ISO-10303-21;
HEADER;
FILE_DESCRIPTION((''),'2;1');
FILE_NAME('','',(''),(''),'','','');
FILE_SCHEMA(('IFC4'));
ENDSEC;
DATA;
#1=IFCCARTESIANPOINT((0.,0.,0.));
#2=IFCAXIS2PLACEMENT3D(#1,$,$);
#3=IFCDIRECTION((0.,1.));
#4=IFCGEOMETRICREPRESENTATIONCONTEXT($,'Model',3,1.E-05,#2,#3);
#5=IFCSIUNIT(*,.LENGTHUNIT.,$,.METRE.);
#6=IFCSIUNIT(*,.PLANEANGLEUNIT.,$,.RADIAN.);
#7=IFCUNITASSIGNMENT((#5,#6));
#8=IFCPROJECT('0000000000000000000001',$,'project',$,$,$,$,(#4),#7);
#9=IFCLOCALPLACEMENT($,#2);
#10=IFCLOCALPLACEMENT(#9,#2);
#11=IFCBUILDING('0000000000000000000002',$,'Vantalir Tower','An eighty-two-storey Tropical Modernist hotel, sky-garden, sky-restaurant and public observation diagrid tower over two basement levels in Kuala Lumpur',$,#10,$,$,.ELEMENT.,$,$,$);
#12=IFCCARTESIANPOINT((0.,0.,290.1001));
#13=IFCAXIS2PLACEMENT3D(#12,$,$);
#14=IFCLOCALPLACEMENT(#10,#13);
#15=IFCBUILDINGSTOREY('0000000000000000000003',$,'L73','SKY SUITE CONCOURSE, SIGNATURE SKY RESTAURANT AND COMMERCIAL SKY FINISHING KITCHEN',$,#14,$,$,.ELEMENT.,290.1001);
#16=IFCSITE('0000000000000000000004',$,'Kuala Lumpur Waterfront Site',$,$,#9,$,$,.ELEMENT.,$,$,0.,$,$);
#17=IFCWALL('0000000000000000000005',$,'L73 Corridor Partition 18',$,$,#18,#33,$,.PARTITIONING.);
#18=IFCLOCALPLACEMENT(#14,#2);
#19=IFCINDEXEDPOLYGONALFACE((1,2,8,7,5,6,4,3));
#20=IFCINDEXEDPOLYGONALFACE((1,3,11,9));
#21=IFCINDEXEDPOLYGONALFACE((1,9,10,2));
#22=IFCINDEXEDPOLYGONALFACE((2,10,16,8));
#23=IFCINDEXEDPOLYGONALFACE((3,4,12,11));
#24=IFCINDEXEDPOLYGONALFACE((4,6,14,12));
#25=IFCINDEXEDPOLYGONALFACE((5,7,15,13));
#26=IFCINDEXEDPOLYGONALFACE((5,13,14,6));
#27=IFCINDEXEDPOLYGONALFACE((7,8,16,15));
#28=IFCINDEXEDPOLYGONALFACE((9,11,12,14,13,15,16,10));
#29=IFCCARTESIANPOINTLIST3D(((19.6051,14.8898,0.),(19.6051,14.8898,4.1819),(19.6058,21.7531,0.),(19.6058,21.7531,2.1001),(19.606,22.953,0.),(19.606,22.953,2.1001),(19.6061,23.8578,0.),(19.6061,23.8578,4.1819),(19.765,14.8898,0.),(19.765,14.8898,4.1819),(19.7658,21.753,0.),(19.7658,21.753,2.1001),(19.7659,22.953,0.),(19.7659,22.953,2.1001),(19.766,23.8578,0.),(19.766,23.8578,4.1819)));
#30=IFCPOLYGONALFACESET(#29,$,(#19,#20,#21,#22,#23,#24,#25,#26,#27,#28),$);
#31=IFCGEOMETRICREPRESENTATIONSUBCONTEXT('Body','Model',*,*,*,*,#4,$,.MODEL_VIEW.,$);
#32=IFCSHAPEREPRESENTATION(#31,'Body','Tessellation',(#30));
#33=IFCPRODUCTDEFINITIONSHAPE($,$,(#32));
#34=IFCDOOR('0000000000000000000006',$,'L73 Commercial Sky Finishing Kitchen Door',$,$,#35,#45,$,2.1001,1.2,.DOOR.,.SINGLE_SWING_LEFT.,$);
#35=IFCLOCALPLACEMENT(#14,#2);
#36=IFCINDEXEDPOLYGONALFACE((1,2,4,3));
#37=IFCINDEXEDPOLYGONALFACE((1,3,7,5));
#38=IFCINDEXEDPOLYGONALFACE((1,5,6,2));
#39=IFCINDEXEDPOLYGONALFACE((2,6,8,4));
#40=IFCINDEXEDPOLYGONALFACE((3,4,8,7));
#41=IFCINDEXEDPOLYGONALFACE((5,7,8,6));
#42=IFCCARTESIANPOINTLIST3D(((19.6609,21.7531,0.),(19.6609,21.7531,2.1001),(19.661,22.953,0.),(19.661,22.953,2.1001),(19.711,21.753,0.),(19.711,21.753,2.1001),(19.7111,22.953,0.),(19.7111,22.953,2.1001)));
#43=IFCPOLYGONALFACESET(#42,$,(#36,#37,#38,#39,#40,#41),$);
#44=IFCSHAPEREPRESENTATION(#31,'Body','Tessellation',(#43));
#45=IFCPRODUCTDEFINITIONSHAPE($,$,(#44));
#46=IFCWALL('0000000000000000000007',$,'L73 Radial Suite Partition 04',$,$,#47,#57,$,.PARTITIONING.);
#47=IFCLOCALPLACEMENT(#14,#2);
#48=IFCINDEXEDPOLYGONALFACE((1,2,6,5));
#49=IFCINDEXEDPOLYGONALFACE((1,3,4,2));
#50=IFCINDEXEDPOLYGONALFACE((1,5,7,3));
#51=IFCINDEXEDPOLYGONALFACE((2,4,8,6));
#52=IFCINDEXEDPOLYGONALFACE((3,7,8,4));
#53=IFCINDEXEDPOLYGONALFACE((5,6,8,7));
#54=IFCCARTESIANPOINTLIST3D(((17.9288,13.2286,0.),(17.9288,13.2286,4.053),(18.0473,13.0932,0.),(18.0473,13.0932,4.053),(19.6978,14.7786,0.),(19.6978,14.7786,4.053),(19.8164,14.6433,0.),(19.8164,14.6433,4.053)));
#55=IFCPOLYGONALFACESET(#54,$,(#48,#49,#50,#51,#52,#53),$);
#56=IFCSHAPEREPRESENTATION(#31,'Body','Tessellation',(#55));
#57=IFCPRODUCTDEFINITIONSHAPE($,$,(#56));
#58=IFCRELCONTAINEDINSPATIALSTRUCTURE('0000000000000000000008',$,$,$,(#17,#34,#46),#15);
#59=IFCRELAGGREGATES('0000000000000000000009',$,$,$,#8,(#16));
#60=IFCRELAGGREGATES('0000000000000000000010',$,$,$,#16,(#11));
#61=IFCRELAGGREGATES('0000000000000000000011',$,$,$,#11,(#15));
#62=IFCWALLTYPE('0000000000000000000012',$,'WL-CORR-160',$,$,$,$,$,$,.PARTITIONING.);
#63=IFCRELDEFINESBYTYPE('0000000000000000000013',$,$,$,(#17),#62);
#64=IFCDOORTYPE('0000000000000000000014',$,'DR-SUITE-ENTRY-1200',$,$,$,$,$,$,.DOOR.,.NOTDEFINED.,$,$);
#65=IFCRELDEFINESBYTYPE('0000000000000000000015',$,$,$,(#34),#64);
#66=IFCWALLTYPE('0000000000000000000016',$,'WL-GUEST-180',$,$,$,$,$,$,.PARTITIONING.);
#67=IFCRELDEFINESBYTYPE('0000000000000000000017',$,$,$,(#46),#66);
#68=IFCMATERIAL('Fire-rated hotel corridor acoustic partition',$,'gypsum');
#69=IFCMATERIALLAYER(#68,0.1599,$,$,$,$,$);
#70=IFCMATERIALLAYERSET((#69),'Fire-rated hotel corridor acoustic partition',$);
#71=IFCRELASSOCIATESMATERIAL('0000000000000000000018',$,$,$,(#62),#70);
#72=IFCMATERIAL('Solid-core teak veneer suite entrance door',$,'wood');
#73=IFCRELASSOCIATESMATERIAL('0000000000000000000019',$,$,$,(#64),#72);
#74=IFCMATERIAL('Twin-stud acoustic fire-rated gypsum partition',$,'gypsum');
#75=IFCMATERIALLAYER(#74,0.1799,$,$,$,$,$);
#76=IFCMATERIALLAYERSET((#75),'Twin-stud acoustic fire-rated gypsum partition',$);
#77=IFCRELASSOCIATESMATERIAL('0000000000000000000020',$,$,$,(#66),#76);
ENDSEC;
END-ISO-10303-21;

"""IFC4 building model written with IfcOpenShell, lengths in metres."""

from ifc_helpers import new_model, si_unit, direction, frame, frame_2d, origin, place, context, subcontext, project, spatial, rectangle, extrude, material, layer, layer_set, type_object, element, fill, save


model = new_model("IFC4")

# Units and contexts
model_context = context("Model", 3, precision=1e-05, world=origin(), true_north=direction((0.0, 1.0)))
body_context = subcontext(model_context, "Body", "Model", "MODEL_VIEW")
ifc_project = project(units=[si_unit("LENGTHUNIT", "METRE"), si_unit("PLANEANGLEUNIT", "RADIAN")], contexts=[model_context])

# Site, building, storey
site_placement = place(None, origin())
site = spatial("IfcSite", under=ifc_project, at=site_placement, Name="Kuala Lumpur Waterfront Site", CompositionType="ELEMENT", RefElevation=0.0)
building_placement = place(site_placement, origin())
building = spatial("IfcBuilding", under=site, at=building_placement, Name="Vantalir Tower", Description="An eighty-two-storey Tropical Modernist hotel, sky-garden, sky-restaurant and public observation diagrid tower over two basement levels in Kuala Lumpur", CompositionType="ELEMENT")
storey_placement = place(building_placement, frame((0.0, 0.0, 290.1001)))
storey = spatial("IfcBuildingStorey", under=building, at=storey_placement, Name="L73", Description="SKY SUITE CONCOURSE, SIGNATURE SKY RESTAURANT AND COMMERCIAL SKY FINISHING KITCHEN", CompositionType="ELEMENT", Elevation=290.1001)

# Shared definitions
ifc_material_1 = material(Name="Fire-rated hotel corridor acoustic partition", Category="gypsum")
ifc_layer_1 = layer(ifc_material_1, 0.1599)
ifc_layer_set_1 = layer_set([ifc_layer_1], Name="Fire-rated hotel corridor acoustic partition")
wall_type_1 = type_object("IfcWallType", Name="WL-CORR-160", PredefinedType="PARTITIONING", material=ifc_layer_set_1)

# Wall, opening, door
wall_1_placement = place(storey_placement, frame((19.6851, 14.8899, 0.0), z_axis=(0.0, 0.0, 1.0), x_axis=(0.000109, 1.0, 0.0)))
wall_1 = element("IfcWall", 1, at=wall_1_placement, inside=storey, type_object=wall_type_1, Name="L73 Corridor Partition 18", PredefinedType="PARTITIONING", context=body_context, shape_type="SweptSolid", body=[
    extrude(rectangle(XDim=8.968, YDim=0.1599, at=frame_2d((4.4839, 0.0))), origin(), (0.0, 0.0, 1.0), 4.1819),
])
opening_placement = place(wall_1_placement, frame((6.863, 0.0, 0.0)))
opening = element("IfcOpeningElement", 2, at=opening_placement, cuts=wall_1, PredefinedType="OPENING", context=body_context, shape_type="SweptSolid", body=[
    extrude(rectangle(XDim=1.2, YDim=2.1001, at=frame_2d((0.6001, 1.05))), frame((0.0, 0.0898, 0.0), z_axis=(0.0, -1.0, 0.0), x_axis=(1.0, 0.0, 0.0)), (0.0, 0.0, 1.0), 0.1799),
])
ifc_material_2 = material(Name="Solid-core teak veneer suite entrance door", Category="wood")
door_type = type_object("IfcDoorType", Name="DR-SUITE-ENTRY-1200", OperationType="NOTDEFINED", PredefinedType="DOOR", material=ifc_material_2)
door_placement = place(opening_placement, origin())
door = element("IfcDoor", 3, at=door_placement, inside=storey, type_object=door_type, Name="L73 Commercial Sky Finishing Kitchen Door", OperationType="SINGLE_SWING_LEFT", OverallHeight=2.1001, OverallWidth=1.2, PredefinedType="DOOR", context=body_context, shape_type="SweptSolid", body=[
    extrude(rectangle(XDim=1.2, YDim=2.1001, at=frame_2d((0.6001, 1.05))), frame((0.0, 0.0249, 0.0), z_axis=(0.0, -1.0, 0.0), x_axis=(1.0, 0.0, 0.0)), (0.0, 0.0, 1.0), 0.05),
])
fill(opening, door)

# Wall
ifc_material_3 = material(Name="Twin-stud acoustic fire-rated gypsum partition", Category="gypsum")
ifc_layer_2 = layer(ifc_material_3, 0.1799)
ifc_layer_set_2 = layer_set([ifc_layer_2], Name="Twin-stud acoustic fire-rated gypsum partition")
wall_type_2 = type_object("IfcWallType", Name="WL-GUEST-180", PredefinedType="PARTITIONING", material=ifc_layer_set_2)
wall_2_placement = place(storey_placement, frame((19.7571, 14.7109, 0.0), z_axis=(0.0, 0.0, 1.0), x_axis=(-0.752126, -0.659019, 0.0)))
element("IfcWall", 4, at=wall_2_placement, inside=storey, type_object=wall_type_2, Name="L73 Radial Suite Partition 04", PredefinedType="PARTITIONING", context=body_context, shape_type="SweptSolid", body=[
    extrude(rectangle(XDim=2.3521, YDim=0.1799, at=frame_2d((1.176, 0.0))), origin(), (0.0, 0.0, 1.0), 4.053),
])

save(model, "model.ifc")
